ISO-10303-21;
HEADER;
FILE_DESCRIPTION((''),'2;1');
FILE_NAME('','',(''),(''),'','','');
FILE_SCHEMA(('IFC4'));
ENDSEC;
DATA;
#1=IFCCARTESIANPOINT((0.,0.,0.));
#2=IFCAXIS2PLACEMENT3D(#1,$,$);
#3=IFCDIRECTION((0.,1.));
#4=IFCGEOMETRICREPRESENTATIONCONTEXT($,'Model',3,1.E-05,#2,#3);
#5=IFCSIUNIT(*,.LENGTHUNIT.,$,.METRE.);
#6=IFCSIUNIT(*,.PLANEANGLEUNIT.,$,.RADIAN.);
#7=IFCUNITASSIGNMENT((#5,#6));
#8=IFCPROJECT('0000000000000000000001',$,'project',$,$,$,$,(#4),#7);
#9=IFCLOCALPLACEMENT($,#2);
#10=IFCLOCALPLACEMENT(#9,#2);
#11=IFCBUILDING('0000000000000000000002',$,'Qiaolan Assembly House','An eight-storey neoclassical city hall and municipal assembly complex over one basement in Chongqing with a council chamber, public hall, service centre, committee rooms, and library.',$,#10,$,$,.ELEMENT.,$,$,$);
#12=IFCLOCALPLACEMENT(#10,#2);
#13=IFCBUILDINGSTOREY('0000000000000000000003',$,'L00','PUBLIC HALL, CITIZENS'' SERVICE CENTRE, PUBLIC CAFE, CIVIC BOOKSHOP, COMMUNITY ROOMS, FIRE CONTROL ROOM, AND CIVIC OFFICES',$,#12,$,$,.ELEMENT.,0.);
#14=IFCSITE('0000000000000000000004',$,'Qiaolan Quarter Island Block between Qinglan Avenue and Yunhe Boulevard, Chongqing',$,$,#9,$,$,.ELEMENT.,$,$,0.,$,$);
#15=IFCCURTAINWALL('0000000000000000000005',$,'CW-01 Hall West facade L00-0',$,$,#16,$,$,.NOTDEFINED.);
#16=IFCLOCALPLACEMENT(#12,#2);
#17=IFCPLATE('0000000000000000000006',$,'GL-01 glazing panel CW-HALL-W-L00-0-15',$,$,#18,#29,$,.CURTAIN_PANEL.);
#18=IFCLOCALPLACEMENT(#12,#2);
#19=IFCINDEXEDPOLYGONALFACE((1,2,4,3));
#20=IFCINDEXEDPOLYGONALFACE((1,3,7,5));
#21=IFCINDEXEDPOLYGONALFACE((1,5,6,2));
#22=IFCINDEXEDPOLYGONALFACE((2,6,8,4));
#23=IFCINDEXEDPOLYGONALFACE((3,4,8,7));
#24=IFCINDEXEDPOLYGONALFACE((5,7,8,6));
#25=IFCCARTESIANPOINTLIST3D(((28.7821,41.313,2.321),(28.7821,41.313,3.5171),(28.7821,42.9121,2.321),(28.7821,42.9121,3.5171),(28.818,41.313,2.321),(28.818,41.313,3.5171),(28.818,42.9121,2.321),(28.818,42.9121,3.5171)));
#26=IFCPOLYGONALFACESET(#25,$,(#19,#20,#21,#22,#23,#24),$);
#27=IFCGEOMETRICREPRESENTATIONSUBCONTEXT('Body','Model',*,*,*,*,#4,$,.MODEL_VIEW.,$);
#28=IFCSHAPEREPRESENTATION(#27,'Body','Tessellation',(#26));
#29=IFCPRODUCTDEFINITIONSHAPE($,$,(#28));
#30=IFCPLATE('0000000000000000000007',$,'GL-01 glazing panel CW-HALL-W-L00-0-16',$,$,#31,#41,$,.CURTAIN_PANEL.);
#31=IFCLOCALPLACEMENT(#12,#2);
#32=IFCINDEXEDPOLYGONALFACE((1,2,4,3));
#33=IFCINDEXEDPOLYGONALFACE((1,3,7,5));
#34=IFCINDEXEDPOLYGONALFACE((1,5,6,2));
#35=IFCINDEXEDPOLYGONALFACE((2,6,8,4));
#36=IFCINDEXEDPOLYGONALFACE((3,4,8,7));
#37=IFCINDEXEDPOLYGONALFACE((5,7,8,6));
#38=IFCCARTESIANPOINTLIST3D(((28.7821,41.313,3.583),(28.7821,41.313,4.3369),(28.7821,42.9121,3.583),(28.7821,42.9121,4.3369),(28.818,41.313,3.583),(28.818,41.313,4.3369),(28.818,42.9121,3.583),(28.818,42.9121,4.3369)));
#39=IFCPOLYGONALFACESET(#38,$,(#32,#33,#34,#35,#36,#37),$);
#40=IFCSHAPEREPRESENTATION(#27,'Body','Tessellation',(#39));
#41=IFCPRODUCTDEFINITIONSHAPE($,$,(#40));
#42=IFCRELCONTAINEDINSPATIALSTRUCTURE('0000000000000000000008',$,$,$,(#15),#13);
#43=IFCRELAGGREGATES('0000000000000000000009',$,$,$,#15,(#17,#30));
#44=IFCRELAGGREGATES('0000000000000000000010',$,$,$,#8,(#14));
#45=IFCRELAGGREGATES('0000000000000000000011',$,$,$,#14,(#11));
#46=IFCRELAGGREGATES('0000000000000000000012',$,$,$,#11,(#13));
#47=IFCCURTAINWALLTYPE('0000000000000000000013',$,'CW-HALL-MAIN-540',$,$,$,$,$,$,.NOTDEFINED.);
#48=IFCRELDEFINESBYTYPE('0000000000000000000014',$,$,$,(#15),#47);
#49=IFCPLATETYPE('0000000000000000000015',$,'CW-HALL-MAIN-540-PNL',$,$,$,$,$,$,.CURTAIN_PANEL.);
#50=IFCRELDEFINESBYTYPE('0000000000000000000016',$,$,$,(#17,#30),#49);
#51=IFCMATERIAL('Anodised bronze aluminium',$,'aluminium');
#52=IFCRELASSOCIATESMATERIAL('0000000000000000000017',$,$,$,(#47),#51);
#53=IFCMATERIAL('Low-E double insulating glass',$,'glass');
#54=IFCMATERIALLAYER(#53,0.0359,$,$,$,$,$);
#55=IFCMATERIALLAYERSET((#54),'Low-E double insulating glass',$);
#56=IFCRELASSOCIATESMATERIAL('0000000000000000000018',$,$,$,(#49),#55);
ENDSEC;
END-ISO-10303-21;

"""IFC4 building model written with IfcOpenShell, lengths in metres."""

from ifc_helpers import new_model, si_unit, direction, frame, frame_2d, origin, place, context, subcontext, project, spatial, rectangle, extrude, material, layer, layer_set, type_object, element, aggregate, save


model = new_model("IFC4")

# Units and contexts
model_context = context("Model", 3, precision=1e-05, world=origin(), true_north=direction((0.0, 1.0)))
body_context = subcontext(model_context, "Body", "Model", "MODEL_VIEW")
ifc_project = project(units=[si_unit("LENGTHUNIT", "METRE"), si_unit("PLANEANGLEUNIT", "RADIAN")], contexts=[model_context])

# Site, building, storey
site_placement = place(None, origin())
site = spatial("IfcSite", under=ifc_project, at=site_placement, Name="Qiaolan Quarter Island Block between Qinglan Avenue and Yunhe Boulevard, Chongqing", CompositionType="ELEMENT", RefElevation=0.0)
building_placement = place(site_placement, origin())
building = spatial("IfcBuilding", under=site, at=building_placement, Name="Qiaolan Assembly House", Description="An eight-storey neoclassical city hall and municipal assembly complex over one basement in Chongqing with a council chamber, public hall, service centre, committee rooms, and library.", CompositionType="ELEMENT")
storey_placement = place(building_placement, origin())
storey = spatial("IfcBuildingStorey", under=building, at=storey_placement, Name="L00", Description="PUBLIC HALL, CITIZENS' SERVICE CENTRE, PUBLIC CAFE, CIVIC BOOKSHOP, COMMUNITY ROOMS, FIRE CONTROL ROOM, AND CIVIC OFFICES", CompositionType="ELEMENT", Elevation=0.0)

# Curtain wall
ifc_material_1 = material(Name="Anodised bronze aluminium", Category="aluminium")
curtain_wall_type = type_object("IfcCurtainWallType", Name="CW-HALL-MAIN-540", PredefinedType="NOTDEFINED", material=ifc_material_1)
curtain_wall_1_placement = place(storey_placement, origin())
curtain_wall_1 = element("IfcCurtainWall", 1, at=curtain_wall_1_placement, inside=storey, type_object=curtain_wall_type, Name="CW-01 Hall West facade L00-0", PredefinedType="NOTDEFINED")

# Plates
ifc_material_2 = material(Name="Low-E double insulating glass", Category="glass")
ifc_layer = layer(ifc_material_2, 0.0359)
ifc_layer_set = layer_set([ifc_layer], Name="Low-E double insulating glass")
plate_type = type_object("IfcPlateType", Name="CW-HALL-MAIN-540-PNL", PredefinedType="CURTAIN_PANEL", material=ifc_layer_set)
plate_1_placement = place(storey_placement, frame((28.8, 41.313, 2.321), z_axis=(0.0, 0.0, 1.0), x_axis=(0.0, 1.0, 0.0)))
plate_1 = element("IfcPlate", 2, at=plate_1_placement, type_object=plate_type, Name="GL-01 glazing panel CW-HALL-W-L00-0-15", PredefinedType="CURTAIN_PANEL", context=body_context, shape_type="SweptSolid", body=[
    extrude(rectangle(XDim=1.5991, YDim=0.0359, at=frame_2d((0.7996, 0.0))), origin(), (0.0, 0.0, 1.0), 1.196),
])
plate_2_placement = place(storey_placement, frame((28.8, 41.313, 3.583), z_axis=(0.0, 0.0, 1.0), x_axis=(0.0, 1.0, 0.0)))
plate_2 = element("IfcPlate", 3, at=plate_2_placement, type_object=plate_type, Name="GL-01 glazing panel CW-HALL-W-L00-0-16", PredefinedType="CURTAIN_PANEL", context=body_context, shape_type="SweptSolid", body=[
    extrude(rectangle(XDim=1.5991, YDim=0.0359, at=frame_2d((0.7996, 0.0))), origin(), (0.0, 0.0, 1.0), 0.7539),
])
aggregate(curtain_wall_1, [plate_1, plate_2])

save(model, "model.ifc")
